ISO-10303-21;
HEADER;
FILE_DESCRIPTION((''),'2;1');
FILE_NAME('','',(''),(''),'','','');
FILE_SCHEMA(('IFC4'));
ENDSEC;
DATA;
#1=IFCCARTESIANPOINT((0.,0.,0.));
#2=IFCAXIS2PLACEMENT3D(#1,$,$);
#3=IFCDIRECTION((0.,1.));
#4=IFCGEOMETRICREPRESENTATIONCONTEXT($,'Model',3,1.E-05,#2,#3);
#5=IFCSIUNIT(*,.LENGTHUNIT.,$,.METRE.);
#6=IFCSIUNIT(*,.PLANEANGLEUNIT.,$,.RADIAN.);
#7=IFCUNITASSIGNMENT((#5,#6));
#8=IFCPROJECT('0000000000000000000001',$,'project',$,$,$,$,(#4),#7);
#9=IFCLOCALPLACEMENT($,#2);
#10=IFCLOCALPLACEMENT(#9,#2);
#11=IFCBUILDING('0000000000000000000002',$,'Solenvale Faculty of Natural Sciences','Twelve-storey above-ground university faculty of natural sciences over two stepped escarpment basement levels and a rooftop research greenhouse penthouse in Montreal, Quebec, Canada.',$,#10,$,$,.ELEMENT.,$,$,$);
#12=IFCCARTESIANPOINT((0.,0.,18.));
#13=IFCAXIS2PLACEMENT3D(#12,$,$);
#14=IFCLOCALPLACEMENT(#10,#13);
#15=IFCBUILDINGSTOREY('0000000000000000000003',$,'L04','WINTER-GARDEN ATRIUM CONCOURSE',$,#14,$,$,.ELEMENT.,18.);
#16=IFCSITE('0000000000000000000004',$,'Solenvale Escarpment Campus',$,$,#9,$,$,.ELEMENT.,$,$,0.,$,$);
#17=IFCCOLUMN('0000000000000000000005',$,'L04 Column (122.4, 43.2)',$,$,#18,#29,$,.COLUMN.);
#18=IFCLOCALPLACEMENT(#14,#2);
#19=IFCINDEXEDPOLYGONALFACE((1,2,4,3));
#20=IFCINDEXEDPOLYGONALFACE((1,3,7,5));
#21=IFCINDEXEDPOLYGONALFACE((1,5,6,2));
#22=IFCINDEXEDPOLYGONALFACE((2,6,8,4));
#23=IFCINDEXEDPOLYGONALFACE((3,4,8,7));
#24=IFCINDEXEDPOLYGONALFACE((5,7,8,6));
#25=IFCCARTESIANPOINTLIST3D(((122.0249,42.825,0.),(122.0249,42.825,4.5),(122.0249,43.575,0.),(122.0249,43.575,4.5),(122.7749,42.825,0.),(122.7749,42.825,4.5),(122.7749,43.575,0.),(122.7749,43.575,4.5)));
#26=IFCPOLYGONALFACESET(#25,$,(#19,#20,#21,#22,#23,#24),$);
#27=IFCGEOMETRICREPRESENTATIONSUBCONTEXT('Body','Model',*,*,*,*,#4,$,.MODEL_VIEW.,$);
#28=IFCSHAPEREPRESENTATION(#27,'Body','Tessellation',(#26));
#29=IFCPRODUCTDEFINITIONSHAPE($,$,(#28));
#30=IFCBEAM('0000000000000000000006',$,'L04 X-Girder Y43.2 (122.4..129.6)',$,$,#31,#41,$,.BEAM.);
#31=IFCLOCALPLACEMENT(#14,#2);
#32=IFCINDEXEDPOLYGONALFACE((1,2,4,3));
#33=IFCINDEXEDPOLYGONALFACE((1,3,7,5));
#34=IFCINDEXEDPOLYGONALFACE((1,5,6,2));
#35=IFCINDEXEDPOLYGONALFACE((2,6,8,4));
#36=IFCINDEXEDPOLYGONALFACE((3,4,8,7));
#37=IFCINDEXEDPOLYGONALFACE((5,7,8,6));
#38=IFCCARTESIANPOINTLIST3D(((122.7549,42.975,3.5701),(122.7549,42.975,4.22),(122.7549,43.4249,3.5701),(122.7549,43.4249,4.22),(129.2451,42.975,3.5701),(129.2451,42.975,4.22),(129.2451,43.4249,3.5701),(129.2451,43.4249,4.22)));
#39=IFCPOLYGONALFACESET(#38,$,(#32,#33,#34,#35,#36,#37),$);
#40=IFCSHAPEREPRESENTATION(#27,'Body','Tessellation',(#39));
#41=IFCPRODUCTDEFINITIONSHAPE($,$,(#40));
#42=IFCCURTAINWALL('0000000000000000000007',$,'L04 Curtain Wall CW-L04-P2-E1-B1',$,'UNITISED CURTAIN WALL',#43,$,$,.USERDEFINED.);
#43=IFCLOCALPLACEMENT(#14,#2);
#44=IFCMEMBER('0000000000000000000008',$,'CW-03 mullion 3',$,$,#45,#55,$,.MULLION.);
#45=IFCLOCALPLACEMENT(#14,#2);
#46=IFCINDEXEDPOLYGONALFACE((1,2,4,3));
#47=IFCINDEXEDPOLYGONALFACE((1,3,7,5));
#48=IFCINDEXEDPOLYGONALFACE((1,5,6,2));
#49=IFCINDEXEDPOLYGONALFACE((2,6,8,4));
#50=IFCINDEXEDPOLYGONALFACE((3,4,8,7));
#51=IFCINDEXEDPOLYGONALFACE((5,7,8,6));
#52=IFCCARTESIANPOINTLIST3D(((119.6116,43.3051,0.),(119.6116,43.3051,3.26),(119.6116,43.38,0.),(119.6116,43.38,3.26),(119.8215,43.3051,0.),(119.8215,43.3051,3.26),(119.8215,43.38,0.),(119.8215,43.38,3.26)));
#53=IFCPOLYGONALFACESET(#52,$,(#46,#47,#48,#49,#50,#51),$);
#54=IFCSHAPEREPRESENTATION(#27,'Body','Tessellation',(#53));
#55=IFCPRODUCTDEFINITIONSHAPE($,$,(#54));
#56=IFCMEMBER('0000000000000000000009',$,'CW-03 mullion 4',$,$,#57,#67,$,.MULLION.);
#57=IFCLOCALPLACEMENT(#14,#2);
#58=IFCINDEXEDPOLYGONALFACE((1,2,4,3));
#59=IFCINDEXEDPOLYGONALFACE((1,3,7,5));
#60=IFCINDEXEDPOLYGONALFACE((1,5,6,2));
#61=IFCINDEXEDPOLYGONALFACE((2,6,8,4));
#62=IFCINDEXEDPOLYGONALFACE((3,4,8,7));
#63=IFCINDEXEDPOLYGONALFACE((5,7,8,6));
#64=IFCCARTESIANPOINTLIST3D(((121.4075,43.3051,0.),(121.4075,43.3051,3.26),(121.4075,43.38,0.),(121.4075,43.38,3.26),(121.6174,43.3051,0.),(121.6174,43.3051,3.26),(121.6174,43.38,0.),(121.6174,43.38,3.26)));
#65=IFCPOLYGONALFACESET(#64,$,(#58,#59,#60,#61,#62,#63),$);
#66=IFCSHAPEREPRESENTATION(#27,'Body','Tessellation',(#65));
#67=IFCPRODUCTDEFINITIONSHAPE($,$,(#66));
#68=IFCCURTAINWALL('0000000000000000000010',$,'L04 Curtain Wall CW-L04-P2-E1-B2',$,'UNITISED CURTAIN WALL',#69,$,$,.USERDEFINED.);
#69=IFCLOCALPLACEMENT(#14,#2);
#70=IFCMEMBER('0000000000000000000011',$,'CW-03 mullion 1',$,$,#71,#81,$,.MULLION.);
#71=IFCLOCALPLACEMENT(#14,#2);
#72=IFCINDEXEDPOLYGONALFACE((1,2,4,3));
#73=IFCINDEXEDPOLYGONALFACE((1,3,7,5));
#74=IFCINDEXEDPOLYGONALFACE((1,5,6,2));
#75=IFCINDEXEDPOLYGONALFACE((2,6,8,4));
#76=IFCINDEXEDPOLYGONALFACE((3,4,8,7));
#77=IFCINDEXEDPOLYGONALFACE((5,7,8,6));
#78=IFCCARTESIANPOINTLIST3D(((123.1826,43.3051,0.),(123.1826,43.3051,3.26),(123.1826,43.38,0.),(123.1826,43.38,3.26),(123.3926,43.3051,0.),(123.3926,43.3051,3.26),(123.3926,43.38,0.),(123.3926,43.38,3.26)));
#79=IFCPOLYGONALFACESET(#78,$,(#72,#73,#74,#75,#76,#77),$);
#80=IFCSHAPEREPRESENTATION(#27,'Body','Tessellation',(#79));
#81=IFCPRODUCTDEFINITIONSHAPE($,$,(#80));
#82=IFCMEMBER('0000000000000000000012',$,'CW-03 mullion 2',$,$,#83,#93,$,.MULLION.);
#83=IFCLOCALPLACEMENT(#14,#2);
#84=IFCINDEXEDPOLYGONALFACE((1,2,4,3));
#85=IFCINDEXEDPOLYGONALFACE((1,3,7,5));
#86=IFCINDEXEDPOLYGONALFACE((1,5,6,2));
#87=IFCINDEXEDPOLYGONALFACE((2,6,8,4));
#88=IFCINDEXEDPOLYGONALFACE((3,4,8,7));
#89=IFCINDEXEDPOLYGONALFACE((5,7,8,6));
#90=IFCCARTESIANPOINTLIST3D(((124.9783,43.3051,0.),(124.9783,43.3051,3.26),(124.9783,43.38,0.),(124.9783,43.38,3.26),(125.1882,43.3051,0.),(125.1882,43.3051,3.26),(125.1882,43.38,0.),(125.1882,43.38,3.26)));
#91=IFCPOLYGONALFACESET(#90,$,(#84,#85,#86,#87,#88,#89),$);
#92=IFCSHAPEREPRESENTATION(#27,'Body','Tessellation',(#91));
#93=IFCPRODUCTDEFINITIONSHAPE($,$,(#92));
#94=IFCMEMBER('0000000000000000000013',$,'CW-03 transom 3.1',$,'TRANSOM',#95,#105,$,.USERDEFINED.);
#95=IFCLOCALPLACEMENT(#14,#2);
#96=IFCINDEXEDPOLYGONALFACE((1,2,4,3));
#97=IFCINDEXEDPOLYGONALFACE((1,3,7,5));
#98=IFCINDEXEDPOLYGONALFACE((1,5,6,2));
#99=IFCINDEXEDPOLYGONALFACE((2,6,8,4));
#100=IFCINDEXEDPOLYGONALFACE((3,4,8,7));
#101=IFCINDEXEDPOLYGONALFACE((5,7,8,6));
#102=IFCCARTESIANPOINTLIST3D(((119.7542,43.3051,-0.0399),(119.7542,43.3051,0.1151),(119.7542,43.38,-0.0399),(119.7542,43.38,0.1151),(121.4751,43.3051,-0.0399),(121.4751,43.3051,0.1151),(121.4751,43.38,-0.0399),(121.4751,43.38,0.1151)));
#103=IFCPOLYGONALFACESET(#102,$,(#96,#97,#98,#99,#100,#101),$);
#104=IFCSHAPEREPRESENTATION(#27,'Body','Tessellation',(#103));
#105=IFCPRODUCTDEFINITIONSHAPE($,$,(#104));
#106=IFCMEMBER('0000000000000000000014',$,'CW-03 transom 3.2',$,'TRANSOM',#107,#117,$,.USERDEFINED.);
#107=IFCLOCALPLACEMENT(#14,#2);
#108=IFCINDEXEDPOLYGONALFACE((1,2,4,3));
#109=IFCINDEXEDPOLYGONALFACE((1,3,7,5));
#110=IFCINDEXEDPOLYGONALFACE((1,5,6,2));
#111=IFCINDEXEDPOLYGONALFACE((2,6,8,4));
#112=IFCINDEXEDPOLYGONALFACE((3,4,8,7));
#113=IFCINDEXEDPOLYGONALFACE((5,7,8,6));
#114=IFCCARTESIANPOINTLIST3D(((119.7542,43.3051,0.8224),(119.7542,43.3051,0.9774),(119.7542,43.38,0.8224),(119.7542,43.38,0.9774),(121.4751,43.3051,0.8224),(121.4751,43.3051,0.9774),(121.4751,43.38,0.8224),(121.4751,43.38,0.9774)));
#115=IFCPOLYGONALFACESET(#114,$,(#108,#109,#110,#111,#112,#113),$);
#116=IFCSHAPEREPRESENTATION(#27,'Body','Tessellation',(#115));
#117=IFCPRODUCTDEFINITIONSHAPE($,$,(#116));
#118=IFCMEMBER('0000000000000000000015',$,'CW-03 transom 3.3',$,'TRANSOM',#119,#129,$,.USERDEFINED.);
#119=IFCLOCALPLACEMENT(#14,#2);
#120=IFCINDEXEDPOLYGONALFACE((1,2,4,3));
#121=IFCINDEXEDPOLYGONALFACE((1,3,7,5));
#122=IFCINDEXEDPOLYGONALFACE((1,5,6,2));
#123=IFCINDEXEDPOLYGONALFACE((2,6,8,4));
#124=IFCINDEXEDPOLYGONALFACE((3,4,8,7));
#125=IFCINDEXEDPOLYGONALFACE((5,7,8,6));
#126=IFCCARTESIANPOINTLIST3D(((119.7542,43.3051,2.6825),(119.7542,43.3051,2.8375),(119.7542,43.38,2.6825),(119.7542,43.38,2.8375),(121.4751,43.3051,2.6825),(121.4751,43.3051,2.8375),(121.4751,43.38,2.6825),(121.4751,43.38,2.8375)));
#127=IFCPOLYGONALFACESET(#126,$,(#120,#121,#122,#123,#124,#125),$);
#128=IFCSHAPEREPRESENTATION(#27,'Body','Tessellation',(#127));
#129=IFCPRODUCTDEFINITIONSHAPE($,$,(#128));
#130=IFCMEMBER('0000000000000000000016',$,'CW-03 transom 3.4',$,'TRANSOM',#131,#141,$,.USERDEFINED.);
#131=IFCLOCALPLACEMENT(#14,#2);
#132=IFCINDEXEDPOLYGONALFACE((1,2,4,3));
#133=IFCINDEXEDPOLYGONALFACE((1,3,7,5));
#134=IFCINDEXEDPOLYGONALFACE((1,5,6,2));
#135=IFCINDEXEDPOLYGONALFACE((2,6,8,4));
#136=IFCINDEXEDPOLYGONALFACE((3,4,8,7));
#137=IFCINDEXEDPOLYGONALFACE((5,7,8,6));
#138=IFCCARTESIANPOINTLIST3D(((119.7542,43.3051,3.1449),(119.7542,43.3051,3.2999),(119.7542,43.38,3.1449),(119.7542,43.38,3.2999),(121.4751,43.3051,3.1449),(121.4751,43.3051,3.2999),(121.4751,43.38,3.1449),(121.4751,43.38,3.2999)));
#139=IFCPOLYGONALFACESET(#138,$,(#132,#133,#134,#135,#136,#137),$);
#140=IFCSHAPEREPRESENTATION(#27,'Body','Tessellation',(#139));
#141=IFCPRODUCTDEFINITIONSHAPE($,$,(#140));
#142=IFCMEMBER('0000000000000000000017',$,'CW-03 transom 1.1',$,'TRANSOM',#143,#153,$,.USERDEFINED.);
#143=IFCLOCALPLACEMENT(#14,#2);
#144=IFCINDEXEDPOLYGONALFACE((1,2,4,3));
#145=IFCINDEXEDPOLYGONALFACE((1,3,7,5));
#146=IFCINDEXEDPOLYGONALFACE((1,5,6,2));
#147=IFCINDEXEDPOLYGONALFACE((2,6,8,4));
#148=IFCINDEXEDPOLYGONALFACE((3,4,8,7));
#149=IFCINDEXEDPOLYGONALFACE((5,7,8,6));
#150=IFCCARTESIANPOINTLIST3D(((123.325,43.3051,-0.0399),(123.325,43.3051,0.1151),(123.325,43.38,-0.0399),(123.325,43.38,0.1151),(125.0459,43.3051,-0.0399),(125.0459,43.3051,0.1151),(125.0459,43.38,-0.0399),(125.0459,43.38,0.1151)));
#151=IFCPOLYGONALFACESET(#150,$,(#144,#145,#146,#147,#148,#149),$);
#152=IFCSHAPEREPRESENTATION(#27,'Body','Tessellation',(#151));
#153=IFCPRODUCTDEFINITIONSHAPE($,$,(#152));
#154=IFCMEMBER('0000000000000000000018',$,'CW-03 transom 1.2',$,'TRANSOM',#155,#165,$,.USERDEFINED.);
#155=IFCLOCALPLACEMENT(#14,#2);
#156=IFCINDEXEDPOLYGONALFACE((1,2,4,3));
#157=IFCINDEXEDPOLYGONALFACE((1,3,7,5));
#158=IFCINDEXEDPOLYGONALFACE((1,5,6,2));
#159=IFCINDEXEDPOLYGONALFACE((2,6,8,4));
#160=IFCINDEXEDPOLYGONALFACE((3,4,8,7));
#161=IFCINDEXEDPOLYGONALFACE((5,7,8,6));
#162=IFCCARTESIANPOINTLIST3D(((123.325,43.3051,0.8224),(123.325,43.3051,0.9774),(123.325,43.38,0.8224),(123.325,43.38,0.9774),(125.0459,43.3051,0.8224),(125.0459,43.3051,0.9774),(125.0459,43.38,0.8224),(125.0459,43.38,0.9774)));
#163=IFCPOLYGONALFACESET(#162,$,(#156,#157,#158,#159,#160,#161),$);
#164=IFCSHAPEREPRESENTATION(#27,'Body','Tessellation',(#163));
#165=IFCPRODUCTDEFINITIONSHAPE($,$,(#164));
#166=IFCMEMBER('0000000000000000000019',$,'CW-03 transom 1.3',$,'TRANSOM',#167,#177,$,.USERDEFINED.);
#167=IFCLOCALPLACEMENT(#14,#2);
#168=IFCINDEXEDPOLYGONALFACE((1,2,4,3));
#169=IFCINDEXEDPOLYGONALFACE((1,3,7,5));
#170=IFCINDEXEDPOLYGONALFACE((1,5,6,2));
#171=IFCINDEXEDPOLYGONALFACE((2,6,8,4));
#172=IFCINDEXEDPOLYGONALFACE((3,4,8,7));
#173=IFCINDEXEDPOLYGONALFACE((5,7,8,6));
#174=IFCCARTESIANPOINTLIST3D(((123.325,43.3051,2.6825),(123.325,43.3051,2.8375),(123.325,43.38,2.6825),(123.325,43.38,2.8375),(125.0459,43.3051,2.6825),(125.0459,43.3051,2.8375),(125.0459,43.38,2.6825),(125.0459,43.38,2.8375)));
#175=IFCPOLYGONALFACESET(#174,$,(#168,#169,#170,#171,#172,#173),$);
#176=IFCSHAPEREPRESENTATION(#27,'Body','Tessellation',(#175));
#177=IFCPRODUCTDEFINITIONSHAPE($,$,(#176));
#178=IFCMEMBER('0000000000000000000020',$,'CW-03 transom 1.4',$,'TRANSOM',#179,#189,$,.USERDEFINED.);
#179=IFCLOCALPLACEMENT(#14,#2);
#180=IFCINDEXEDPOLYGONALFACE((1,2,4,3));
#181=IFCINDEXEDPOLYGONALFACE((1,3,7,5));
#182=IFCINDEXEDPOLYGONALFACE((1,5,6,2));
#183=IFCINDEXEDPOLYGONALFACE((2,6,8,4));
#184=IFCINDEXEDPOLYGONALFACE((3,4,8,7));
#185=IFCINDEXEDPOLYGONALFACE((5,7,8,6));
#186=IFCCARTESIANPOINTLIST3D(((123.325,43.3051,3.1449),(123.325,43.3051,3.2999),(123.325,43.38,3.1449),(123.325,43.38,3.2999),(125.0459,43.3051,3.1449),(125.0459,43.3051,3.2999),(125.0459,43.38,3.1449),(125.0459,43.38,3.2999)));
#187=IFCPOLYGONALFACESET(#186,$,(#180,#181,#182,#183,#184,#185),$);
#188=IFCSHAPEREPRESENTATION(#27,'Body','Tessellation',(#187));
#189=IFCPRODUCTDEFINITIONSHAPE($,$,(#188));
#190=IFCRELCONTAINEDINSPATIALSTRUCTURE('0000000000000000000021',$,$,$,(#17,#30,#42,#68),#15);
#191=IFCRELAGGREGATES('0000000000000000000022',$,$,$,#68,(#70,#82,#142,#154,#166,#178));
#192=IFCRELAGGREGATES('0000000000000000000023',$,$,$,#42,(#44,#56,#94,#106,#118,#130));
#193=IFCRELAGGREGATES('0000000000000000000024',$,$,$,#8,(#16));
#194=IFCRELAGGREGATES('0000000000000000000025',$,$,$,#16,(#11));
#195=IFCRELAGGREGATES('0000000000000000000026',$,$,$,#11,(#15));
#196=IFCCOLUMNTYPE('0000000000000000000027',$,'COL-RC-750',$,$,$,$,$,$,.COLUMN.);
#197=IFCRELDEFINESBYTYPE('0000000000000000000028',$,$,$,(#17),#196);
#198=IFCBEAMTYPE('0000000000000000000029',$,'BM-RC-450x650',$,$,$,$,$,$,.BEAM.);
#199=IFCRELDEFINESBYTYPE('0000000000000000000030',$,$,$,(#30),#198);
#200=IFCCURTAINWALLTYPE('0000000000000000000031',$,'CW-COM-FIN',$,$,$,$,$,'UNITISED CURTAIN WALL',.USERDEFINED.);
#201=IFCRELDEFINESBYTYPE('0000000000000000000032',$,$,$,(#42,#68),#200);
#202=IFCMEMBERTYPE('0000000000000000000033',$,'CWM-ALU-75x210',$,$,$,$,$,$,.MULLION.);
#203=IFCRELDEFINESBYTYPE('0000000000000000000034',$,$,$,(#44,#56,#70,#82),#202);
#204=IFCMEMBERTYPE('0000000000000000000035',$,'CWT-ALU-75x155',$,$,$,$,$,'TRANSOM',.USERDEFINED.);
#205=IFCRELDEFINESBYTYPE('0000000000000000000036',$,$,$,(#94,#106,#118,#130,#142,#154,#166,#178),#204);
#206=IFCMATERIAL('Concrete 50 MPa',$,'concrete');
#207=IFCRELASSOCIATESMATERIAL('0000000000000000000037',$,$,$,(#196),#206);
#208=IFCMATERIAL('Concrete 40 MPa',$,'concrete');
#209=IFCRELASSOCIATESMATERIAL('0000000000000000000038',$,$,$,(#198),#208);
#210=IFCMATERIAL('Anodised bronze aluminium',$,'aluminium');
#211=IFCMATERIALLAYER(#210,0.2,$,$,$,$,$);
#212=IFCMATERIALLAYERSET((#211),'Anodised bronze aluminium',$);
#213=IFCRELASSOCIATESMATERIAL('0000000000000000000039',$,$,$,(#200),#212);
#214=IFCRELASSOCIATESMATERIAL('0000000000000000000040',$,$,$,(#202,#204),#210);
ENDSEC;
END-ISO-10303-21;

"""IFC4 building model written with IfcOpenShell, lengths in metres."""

from ifc_helpers import new_model, si_unit, direction, frame, origin, origin_2d, place, context, subcontext, project, spatial, rectangle, extrude, material, layer, layer_set, material_profile, profile_set, type_object, element, aggregate, save


model = new_model("IFC4")

# Units and contexts
model_context = context("Model", 3, precision=1e-05, world=origin(), true_north=direction((0.0, 1.0)))
body_context = subcontext(model_context, "Body", "Model", "MODEL_VIEW")
ifc_project = project(units=[si_unit("LENGTHUNIT", "METRE"), si_unit("PLANEANGLEUNIT", "RADIAN")], contexts=[model_context])

# Site, building, storey
site_placement = place(None, origin())
site = spatial("IfcSite", under=ifc_project, at=site_placement, Name="Solenvale Escarpment Campus", CompositionType="ELEMENT", RefElevation=0.0)
building_placement = place(site_placement, origin())
building = spatial("IfcBuilding", under=site, at=building_placement, Name="Solenvale Faculty of Natural Sciences", Description="Twelve-storey above-ground university faculty of natural sciences over two stepped escarpment basement levels and a rooftop research greenhouse penthouse in Montreal, Quebec, Canada.", CompositionType="ELEMENT")
storey_placement = place(building_placement, frame((0.0, 0.0, 18.0)))
storey = spatial("IfcBuildingStorey", under=building, at=storey_placement, Name="L04", Description="WINTER-GARDEN ATRIUM CONCOURSE", CompositionType="ELEMENT", Elevation=18.0)

# Column
ifc_material_1 = material(Name="Concrete 50 MPa", Category="concrete")
ifc_material_profile_1 = material_profile(ifc_material_1, rectangle(XDim=0.75, YDim=0.75, at=origin_2d()), Name="RC-COL-750x750")
ifc_profile_set_1 = profile_set([ifc_material_profile_1], Name="Concrete 50 MPa")
column_type = type_object("IfcColumnType", Name="COL-RC-750", PredefinedType="COLUMN", material=ifc_profile_set_1)
column_placement = place(storey_placement, frame((122.3999, 43.2, 0.0), z_axis=(0.0, 0.0, 1.0), x_axis=(1.0, 0.0, 0.0)))
element("IfcColumn", 1, at=column_placement, inside=storey, type_object=column_type, Name="L04 Column (122.4, 43.2)", PredefinedType="COLUMN", context=body_context, shape_type="SweptSolid", body=[
    extrude(rectangle(XDim=0.75, YDim=0.75, at=origin_2d()), origin(), (0.0, 0.0, 1.0), 4.5),
])

# Beam
ifc_material_2 = material(Name="Concrete 40 MPa", Category="concrete")
ifc_material_profile_2 = material_profile(ifc_material_2, rectangle(XDim=0.45, YDim=0.6499, at=origin_2d()), Name="RC-BM-450x650")
ifc_profile_set_2 = profile_set([ifc_material_profile_2], Name="Concrete 40 MPa")
beam_type = type_object("IfcBeamType", Name="BM-RC-450x650", PredefinedType="BEAM", material=ifc_profile_set_2)
beam_placement = place(storey_placement, frame((122.7549, 43.2, 3.895), z_axis=(1.0, 0.0, 0.0), x_axis=(0.0, 1.0, 0.0)))
element("IfcBeam", 2, at=beam_placement, inside=storey, type_object=beam_type, Name="L04 X-Girder Y43.2 (122.4..129.6)", PredefinedType="BEAM", context=body_context, shape_type="SweptSolid", body=[
    extrude(rectangle(XDim=0.45, YDim=0.6499, at=origin_2d()), origin(), (0.0, 0.0, 1.0), 6.4902),
])

# Curtain walls, members
ifc_material_3 = material(Name="Anodised bronze aluminium", Category="aluminium")
ifc_layer_1 = layer(ifc_material_3, 0.2)
ifc_layer_set_1 = layer_set([ifc_layer_1], Name="Anodised bronze aluminium")
curtain_wall_type = type_object("IfcCurtainWallType", Name="CW-COM-FIN", ElementType="UNITISED CURTAIN WALL", PredefinedType="USERDEFINED", material=ifc_layer_set_1)
curtain_wall_1_placement = place(storey_placement, origin())
curtain_wall_1 = element("IfcCurtainWall", 3, at=curtain_wall_1_placement, inside=storey, type_object=curtain_wall_type, Name="L04 Curtain Wall CW-L04-P2-E1-B1", ObjectType="UNITISED CURTAIN WALL", PredefinedType="USERDEFINED")
ifc_material_profile_3 = material_profile(ifc_material_3, rectangle(XDim=0.075, YDim=0.21, at=origin_2d()), Name="ALU-MUL-75x210")
ifc_profile_set_3 = profile_set([ifc_material_profile_3], Name="Anodised bronze aluminium")
member_type_1 = type_object("IfcMemberType", Name="CWM-ALU-75x210", PredefinedType="MULLION", material=ifc_profile_set_3)
member_1_placement = place(storey_placement, frame((119.7166, 43.3425, 0.0), z_axis=(0.0, 0.0, 1.0), x_axis=(0.0, 1.0, 0.0)))
member_1 = element("IfcMember", 4, at=member_1_placement, type_object=member_type_1, Name="CW-03 mullion 3", PredefinedType="MULLION", context=body_context, shape_type="SweptSolid", body=[
    extrude(rectangle(XDim=0.075, YDim=0.21, at=origin_2d()), origin(), (0.0, 0.0, 1.0), 3.26),
])
member_2_placement = place(storey_placement, frame((121.5125, 43.3425, 0.0), z_axis=(0.0, 0.0, 1.0), x_axis=(0.0, 1.0, 0.0)))
member_2 = element("IfcMember", 5, at=member_2_placement, type_object=member_type_1, Name="CW-03 mullion 4", PredefinedType="MULLION", context=body_context, shape_type="SweptSolid", body=[
    extrude(rectangle(XDim=0.075, YDim=0.21, at=origin_2d()), origin(), (0.0, 0.0, 1.0), 3.26),
])
curtain_wall_2_placement = place(storey_placement, origin())
curtain_wall_2 = element("IfcCurtainWall", 6, at=curtain_wall_2_placement, inside=storey, type_object=curtain_wall_type, Name="L04 Curtain Wall CW-L04-P2-E1-B2", ObjectType="UNITISED CURTAIN WALL", PredefinedType="USERDEFINED")
member_3_placement = place(storey_placement, frame((123.2876, 43.3425, 0.0), z_axis=(0.0, 0.0, 1.0), x_axis=(0.0, 1.0, 0.0)))
member_3 = element("IfcMember", 7, at=member_3_placement, type_object=member_type_1, Name="CW-03 mullion 1", PredefinedType="MULLION", context=body_context, shape_type="SweptSolid", body=[
    extrude(rectangle(XDim=0.075, YDim=0.21, at=origin_2d()), origin(), (0.0, 0.0, 1.0), 3.26),
])
member_4_placement = place(storey_placement, frame((125.0833, 43.3425, 0.0), z_axis=(0.0, 0.0, 1.0), x_axis=(0.0, 1.0, 0.0)))
member_4 = element("IfcMember", 8, at=member_4_placement, type_object=member_type_1, Name="CW-03 mullion 2", PredefinedType="MULLION", context=body_context, shape_type="SweptSolid", body=[
    extrude(rectangle(XDim=0.075, YDim=0.21, at=origin_2d()), origin(), (0.0, 0.0, 1.0), 3.26),
])

# Members
ifc_material_profile_4 = material_profile(ifc_material_3, rectangle(XDim=0.075, YDim=0.155, at=origin_2d()), Name="ALU-TRN-75x155")
ifc_profile_set_4 = profile_set([ifc_material_profile_4], Name="Anodised bronze aluminium")
member_type_2 = type_object("IfcMemberType", Name="CWT-ALU-75x155", ElementType="TRANSOM", PredefinedType="USERDEFINED", material=ifc_profile_set_4)
member_5_placement = place(storey_placement, frame((119.7542, 43.3425, 0.0376), z_axis=(1.0, 0.0, 0.0), x_axis=(0.0, 1.0, 0.0)))
member_5 = element("IfcMember", 9, at=member_5_placement, type_object=member_type_2, Name="CW-03 transom 3.1", ObjectType="TRANSOM", PredefinedType="USERDEFINED", context=body_context, shape_type="SweptSolid", body=[
    extrude(rectangle(XDim=0.075, YDim=0.155, at=origin_2d()), origin(), (0.0, 0.0, 1.0), 1.7209),
])
member_6_placement = place(storey_placement, frame((119.7542, 43.3425, 0.8999), z_axis=(1.0, 0.0, 0.0), x_axis=(0.0, 1.0, 0.0)))
member_6 = element("IfcMember", 10, at=member_6_placement, type_object=member_type_2, Name="CW-03 transom 3.2", ObjectType="TRANSOM", PredefinedType="USERDEFINED", context=body_context, shape_type="SweptSolid", body=[
    extrude(rectangle(XDim=0.075, YDim=0.155, at=origin_2d()), origin(), (0.0, 0.0, 1.0), 1.7209),
])
member_7_placement = place(storey_placement, frame((119.7542, 43.3425, 2.76), z_axis=(1.0, 0.0, 0.0), x_axis=(0.0, 1.0, 0.0)))
member_7 = element("IfcMember", 11, at=member_7_placement, type_object=member_type_2, Name="CW-03 transom 3.3", ObjectType="TRANSOM", PredefinedType="USERDEFINED", context=body_context, shape_type="SweptSolid", body=[
    extrude(rectangle(XDim=0.075, YDim=0.155, at=origin_2d()), origin(), (0.0, 0.0, 1.0), 1.7209),
])
member_8_placement = place(storey_placement, frame((119.7542, 43.3425, 3.2224), z_axis=(1.0, 0.0, 0.0), x_axis=(0.0, 1.0, 0.0)))
member_8 = element("IfcMember", 12, at=member_8_placement, type_object=member_type_2, Name="CW-03 transom 3.4", ObjectType="TRANSOM", PredefinedType="USERDEFINED", context=body_context, shape_type="SweptSolid", body=[
    extrude(rectangle(XDim=0.075, YDim=0.155, at=origin_2d()), origin(), (0.0, 0.0, 1.0), 1.7209),
])
member_9_placement = place(storey_placement, frame((123.325, 43.3425, 0.0376), z_axis=(1.0, 0.0, 0.0), x_axis=(0.0, 1.0, 0.0)))
member_9 = element("IfcMember", 13, at=member_9_placement, type_object=member_type_2, Name="CW-03 transom 1.1", ObjectType="TRANSOM", PredefinedType="USERDEFINED", context=body_context, shape_type="SweptSolid", body=[
    extrude(rectangle(XDim=0.075, YDim=0.155, at=origin_2d()), origin(), (0.0, 0.0, 1.0), 1.7209),
])
member_10_placement = place(storey_placement, frame((123.325, 43.3425, 0.8999), z_axis=(1.0, 0.0, 0.0), x_axis=(0.0, 1.0, 0.0)))
member_10 = element("IfcMember", 14, at=member_10_placement, type_object=member_type_2, Name="CW-03 transom 1.2", ObjectType="TRANSOM", PredefinedType="USERDEFINED", context=body_context, shape_type="SweptSolid", body=[
    extrude(rectangle(XDim=0.075, YDim=0.155, at=origin_2d()), origin(), (0.0, 0.0, 1.0), 1.7209),
])
member_11_placement = place(storey_placement, frame((123.325, 43.3425, 2.76), z_axis=(1.0, 0.0, 0.0), x_axis=(0.0, 1.0, 0.0)))
member_11 = element("IfcMember", 15, at=member_11_placement, type_object=member_type_2, Name="CW-03 transom 1.3", ObjectType="TRANSOM", PredefinedType="USERDEFINED", context=body_context, shape_type="SweptSolid", body=[
    extrude(rectangle(XDim=0.075, YDim=0.155, at=origin_2d()), origin(), (0.0, 0.0, 1.0), 1.7209),
])
member_12_placement = place(storey_placement, frame((123.325, 43.3425, 3.2224), z_axis=(1.0, 0.0, 0.0), x_axis=(0.0, 1.0, 0.0)))
member_12 = element("IfcMember", 16, at=member_12_placement, type_object=member_type_2, Name="CW-03 transom 1.4", ObjectType="TRANSOM", PredefinedType="USERDEFINED", context=body_context, shape_type="SweptSolid", body=[
    extrude(rectangle(XDim=0.075, YDim=0.155, at=origin_2d()), origin(), (0.0, 0.0, 1.0), 1.7209),
])

aggregate(curtain_wall_2, [member_3, member_4, member_9, member_10, member_11, member_12])
aggregate(curtain_wall_1, [member_1, member_2, member_5, member_6, member_7, member_8])

save(model, "model.ifc")
